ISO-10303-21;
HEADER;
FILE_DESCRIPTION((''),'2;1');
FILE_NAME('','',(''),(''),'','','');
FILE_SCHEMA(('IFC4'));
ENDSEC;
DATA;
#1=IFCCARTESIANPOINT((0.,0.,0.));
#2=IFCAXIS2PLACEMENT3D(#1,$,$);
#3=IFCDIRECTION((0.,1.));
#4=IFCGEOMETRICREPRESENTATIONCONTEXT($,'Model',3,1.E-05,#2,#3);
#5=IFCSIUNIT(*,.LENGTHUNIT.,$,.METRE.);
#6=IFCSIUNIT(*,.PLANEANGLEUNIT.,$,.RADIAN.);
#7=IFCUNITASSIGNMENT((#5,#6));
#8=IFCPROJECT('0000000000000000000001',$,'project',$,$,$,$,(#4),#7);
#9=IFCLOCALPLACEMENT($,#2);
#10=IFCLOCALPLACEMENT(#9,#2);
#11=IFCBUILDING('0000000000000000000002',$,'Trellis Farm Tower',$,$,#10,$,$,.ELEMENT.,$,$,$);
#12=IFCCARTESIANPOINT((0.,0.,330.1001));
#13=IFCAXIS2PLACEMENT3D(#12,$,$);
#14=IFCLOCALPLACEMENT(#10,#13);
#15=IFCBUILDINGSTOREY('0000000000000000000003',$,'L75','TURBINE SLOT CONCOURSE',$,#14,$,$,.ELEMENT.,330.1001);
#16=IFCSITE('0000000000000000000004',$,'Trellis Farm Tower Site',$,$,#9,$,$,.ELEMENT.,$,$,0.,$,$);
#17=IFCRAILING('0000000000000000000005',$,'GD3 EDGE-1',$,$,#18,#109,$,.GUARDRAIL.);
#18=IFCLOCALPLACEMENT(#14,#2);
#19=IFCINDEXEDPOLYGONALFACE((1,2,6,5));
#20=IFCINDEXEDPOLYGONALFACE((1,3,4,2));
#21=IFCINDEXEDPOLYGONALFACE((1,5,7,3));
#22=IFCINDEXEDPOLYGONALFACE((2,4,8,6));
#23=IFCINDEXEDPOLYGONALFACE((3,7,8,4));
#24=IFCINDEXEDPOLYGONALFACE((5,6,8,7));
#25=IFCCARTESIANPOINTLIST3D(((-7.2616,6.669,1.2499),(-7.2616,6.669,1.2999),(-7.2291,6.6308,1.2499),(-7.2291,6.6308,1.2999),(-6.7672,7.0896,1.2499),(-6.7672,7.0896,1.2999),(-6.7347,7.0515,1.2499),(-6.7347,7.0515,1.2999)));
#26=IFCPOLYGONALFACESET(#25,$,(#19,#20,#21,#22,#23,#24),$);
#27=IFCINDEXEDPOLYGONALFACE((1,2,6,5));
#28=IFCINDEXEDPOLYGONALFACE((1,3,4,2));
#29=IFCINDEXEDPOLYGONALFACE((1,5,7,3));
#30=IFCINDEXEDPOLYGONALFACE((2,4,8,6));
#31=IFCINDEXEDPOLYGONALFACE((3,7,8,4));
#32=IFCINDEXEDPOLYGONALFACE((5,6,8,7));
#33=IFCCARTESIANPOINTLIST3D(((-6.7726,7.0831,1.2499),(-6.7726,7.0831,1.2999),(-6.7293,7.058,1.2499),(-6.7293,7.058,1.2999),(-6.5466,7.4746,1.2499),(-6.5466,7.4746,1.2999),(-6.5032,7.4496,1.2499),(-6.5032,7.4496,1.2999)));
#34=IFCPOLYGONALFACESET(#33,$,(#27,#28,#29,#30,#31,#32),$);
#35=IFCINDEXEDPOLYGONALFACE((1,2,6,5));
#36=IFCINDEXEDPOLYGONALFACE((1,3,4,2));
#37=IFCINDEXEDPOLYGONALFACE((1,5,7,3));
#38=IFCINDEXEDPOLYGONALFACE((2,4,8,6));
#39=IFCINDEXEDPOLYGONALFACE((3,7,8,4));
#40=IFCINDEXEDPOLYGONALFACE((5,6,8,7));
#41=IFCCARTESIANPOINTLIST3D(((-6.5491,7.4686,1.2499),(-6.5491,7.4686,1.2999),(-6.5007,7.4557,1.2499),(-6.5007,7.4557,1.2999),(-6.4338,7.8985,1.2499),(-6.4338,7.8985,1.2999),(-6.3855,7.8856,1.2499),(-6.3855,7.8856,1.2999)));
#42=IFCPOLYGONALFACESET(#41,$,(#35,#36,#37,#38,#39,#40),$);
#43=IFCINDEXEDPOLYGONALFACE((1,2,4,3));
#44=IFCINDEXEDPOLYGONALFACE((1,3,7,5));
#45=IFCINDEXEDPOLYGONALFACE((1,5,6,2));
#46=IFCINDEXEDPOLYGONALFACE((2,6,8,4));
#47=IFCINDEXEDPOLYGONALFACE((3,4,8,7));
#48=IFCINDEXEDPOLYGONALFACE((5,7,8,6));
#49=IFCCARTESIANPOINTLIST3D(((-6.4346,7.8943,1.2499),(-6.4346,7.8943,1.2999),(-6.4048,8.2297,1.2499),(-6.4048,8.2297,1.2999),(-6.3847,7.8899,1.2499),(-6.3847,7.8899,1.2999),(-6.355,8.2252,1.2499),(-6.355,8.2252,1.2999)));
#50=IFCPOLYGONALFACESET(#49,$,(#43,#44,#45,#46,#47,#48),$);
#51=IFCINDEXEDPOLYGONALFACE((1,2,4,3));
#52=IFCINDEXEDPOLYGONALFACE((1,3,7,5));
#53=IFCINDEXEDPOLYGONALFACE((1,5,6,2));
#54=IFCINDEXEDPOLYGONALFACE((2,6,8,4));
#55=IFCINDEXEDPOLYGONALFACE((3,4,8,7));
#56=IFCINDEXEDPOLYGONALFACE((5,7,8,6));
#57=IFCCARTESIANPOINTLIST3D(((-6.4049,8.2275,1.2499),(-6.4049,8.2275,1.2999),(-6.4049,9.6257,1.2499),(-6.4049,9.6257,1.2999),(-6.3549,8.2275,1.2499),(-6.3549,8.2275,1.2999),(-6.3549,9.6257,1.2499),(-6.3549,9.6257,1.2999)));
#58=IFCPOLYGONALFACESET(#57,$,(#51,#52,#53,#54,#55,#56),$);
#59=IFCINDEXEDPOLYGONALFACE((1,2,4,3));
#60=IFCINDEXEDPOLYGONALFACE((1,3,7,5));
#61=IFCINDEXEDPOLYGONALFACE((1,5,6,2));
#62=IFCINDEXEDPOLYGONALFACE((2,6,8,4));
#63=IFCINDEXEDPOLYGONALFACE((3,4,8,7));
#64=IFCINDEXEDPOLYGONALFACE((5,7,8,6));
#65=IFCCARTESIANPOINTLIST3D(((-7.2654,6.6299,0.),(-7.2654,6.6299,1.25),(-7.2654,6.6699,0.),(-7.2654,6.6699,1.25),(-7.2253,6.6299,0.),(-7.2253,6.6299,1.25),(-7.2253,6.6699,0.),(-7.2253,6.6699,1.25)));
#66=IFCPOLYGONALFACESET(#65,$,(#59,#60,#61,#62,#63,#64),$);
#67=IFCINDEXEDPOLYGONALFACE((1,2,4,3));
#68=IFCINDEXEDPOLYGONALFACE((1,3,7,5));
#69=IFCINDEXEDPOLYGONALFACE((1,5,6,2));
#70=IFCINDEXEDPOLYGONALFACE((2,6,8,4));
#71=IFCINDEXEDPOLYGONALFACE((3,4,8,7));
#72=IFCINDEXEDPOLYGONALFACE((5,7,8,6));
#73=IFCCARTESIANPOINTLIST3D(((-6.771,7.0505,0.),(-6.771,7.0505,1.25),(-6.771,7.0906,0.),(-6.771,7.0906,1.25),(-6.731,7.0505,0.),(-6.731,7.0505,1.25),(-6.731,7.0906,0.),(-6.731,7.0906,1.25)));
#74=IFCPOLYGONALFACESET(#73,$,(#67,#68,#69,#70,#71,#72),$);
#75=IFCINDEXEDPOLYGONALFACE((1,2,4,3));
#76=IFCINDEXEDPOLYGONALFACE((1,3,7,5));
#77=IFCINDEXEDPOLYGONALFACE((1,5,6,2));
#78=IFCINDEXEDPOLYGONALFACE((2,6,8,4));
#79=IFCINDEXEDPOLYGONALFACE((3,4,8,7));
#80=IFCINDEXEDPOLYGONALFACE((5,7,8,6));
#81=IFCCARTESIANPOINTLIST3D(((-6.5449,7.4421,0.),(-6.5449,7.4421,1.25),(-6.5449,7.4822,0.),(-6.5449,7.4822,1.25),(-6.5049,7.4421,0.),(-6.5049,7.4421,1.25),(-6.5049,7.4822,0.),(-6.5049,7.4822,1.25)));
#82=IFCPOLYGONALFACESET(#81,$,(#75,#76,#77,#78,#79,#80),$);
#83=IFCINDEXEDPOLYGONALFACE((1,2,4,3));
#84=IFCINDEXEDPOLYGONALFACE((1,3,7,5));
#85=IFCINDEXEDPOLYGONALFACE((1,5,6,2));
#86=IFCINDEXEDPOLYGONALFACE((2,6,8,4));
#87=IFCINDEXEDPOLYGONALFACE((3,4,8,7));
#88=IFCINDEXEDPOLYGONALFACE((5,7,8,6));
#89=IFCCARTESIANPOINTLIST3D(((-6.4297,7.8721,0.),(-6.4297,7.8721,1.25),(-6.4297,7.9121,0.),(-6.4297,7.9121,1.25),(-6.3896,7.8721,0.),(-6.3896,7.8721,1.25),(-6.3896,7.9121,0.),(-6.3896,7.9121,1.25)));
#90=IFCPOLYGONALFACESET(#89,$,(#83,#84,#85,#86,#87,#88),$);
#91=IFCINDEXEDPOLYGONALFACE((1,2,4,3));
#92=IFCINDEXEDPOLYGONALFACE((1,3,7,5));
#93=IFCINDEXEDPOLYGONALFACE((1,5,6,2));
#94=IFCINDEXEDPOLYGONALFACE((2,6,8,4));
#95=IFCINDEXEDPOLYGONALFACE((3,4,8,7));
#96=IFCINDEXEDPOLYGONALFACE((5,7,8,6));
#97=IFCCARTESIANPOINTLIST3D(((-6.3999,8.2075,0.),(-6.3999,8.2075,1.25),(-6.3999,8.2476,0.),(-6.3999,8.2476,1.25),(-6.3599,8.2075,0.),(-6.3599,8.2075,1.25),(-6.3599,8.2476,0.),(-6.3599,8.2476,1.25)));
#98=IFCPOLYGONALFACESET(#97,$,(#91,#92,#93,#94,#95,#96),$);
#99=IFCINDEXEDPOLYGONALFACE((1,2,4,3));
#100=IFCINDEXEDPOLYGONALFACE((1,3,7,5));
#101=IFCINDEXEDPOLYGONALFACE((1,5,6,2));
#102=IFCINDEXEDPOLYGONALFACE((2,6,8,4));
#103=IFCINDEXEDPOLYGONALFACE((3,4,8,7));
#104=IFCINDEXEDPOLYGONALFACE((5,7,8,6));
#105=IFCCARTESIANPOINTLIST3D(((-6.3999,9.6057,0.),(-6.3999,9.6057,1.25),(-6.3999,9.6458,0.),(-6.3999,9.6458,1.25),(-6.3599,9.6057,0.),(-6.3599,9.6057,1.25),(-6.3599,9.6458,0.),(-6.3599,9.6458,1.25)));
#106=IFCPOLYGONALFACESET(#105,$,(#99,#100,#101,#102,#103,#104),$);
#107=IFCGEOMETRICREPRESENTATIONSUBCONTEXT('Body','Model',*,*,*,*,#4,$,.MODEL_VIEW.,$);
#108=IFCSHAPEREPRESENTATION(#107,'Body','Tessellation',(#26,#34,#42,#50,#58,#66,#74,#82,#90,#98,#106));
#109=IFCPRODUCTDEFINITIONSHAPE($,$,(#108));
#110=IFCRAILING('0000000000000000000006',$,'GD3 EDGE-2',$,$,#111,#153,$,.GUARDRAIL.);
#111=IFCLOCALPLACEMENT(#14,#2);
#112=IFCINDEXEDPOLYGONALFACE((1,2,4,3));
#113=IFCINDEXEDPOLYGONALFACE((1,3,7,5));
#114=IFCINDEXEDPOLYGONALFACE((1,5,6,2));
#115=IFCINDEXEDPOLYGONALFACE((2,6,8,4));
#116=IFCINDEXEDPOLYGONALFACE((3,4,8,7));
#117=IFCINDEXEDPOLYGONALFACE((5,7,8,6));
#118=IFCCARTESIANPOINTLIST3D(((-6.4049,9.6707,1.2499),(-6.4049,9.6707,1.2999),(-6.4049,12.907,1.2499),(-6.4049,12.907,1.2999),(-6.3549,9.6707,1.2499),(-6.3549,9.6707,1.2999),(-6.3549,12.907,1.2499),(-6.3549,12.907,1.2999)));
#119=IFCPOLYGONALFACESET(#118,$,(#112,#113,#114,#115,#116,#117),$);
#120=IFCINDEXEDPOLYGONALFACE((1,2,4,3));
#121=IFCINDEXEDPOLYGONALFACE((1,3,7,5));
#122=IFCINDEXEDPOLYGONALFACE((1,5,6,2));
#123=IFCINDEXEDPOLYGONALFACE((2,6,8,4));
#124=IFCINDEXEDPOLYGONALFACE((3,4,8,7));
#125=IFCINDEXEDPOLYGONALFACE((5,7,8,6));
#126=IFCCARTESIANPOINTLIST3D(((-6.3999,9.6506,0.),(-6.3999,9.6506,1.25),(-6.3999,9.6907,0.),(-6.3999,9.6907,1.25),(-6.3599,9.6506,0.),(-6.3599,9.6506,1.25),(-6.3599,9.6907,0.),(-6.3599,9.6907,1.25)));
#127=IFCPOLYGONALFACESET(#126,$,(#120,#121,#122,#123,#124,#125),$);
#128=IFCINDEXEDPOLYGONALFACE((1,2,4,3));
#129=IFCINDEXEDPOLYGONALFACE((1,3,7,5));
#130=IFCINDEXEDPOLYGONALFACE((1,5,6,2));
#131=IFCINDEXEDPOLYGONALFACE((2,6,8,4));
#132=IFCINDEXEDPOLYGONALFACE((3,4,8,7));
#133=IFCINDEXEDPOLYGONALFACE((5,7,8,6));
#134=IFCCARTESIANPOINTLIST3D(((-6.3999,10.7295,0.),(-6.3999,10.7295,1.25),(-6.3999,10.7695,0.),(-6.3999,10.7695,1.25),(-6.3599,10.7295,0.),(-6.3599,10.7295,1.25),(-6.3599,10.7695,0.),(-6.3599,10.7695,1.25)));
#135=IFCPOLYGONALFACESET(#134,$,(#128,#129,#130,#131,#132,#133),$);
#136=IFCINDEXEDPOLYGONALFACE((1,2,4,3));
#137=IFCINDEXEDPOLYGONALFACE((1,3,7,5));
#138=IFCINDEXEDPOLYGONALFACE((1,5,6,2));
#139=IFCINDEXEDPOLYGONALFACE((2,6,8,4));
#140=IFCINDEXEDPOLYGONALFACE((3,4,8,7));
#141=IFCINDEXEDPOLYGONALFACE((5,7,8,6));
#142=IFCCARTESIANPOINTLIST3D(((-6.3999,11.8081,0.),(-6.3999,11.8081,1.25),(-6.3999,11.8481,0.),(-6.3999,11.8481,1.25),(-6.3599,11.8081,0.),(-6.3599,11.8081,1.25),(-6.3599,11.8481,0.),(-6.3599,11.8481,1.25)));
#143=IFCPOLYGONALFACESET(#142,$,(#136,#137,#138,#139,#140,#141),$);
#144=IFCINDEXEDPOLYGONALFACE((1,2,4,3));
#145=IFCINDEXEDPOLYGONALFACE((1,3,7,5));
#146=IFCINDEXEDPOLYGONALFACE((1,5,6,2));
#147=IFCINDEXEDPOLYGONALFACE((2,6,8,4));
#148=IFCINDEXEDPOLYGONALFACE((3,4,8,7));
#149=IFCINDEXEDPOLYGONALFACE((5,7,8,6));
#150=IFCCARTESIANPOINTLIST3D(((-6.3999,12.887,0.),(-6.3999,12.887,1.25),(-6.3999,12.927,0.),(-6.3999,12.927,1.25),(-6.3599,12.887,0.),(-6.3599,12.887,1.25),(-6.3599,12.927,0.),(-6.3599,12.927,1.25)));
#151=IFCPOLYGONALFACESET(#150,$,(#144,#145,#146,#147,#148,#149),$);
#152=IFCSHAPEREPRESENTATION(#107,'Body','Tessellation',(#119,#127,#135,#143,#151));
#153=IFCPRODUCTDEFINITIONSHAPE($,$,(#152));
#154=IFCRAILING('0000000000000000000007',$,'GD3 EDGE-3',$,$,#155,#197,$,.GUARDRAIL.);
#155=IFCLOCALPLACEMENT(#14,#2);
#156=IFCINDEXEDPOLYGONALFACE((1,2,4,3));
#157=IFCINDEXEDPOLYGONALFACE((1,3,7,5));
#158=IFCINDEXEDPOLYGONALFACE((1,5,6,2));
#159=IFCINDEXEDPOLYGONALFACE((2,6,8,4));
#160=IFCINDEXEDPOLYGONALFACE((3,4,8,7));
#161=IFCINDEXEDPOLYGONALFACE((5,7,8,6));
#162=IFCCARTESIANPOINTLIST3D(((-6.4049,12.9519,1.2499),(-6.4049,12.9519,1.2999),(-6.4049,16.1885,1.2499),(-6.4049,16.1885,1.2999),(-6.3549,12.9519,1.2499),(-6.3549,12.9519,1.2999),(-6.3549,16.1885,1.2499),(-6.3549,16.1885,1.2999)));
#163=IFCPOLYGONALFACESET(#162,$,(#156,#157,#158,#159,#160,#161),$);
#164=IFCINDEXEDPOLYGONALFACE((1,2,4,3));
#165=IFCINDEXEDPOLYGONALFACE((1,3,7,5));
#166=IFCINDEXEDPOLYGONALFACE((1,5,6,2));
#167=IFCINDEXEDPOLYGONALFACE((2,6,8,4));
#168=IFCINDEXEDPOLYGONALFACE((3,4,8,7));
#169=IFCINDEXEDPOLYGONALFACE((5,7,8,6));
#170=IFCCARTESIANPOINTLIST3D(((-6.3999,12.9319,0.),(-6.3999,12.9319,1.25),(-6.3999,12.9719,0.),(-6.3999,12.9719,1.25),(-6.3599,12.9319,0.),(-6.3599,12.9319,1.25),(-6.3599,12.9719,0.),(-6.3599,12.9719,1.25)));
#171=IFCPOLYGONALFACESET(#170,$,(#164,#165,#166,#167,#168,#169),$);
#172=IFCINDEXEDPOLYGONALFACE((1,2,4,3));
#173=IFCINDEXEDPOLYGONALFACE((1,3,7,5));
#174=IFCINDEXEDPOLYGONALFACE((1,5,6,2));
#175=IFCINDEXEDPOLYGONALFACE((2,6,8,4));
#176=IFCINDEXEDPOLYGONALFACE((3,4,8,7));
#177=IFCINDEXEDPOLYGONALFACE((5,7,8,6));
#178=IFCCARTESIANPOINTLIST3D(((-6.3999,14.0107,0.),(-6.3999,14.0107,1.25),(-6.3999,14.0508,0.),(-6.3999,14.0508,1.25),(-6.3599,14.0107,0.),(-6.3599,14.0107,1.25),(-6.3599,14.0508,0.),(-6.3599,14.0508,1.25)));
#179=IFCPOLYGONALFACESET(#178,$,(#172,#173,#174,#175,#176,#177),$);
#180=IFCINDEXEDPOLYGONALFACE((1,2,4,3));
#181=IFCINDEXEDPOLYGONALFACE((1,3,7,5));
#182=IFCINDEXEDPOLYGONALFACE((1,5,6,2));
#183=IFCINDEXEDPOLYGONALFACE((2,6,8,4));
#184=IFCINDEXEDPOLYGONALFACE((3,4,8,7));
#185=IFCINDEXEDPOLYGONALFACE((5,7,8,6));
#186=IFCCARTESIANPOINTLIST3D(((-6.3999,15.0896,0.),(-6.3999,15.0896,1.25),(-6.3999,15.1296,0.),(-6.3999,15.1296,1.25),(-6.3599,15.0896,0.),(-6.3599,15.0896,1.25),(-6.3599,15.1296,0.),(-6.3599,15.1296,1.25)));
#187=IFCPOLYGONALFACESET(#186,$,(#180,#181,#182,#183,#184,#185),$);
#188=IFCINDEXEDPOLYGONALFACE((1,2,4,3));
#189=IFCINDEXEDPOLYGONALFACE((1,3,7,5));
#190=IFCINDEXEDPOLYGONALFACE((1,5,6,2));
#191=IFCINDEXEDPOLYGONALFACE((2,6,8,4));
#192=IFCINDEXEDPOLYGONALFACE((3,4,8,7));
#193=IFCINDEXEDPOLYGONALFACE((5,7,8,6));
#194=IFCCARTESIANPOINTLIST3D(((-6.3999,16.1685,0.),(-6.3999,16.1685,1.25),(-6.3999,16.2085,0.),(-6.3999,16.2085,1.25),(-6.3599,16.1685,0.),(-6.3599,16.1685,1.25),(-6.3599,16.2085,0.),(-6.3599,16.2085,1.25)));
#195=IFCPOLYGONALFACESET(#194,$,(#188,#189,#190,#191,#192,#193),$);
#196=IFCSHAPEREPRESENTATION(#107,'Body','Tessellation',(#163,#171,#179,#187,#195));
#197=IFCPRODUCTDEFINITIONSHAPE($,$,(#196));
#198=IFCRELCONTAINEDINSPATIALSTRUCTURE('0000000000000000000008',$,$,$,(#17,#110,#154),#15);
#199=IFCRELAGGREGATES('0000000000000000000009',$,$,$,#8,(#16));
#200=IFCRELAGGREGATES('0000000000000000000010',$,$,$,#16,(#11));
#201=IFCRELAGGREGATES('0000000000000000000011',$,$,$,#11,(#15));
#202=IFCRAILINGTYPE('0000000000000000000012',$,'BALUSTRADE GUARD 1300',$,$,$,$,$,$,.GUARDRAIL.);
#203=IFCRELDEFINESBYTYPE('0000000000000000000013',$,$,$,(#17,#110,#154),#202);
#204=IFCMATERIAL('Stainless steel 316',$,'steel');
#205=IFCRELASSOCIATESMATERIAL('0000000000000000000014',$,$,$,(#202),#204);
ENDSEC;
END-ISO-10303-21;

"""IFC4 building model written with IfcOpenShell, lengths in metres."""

from ifc_helpers import new_model, si_unit, direction, frame, origin, origin_2d, place, context, subcontext, project, spatial, rectangle, extrude, material, type_object, element, save


model = new_model("IFC4")

# Units and contexts
model_context = context("Model", 3, precision=1e-05, world=origin(), true_north=direction((0.0, 1.0)))
body_context = subcontext(model_context, "Body", "Model", "MODEL_VIEW")
ifc_project = project(units=[si_unit("LENGTHUNIT", "METRE"), si_unit("PLANEANGLEUNIT", "RADIAN")], contexts=[model_context])

# Site, building, storey
site_placement = place(None, origin())
site = spatial("IfcSite", under=ifc_project, at=site_placement, Name="Trellis Farm Tower Site", CompositionType="ELEMENT", RefElevation=0.0)
building_placement = place(site_placement, origin())
building = spatial("IfcBuilding", under=site, at=building_placement, Name="Trellis Farm Tower", CompositionType="ELEMENT")
storey_placement = place(building_placement, frame((0.0, 0.0, 330.1001)))
storey = spatial("IfcBuildingStorey", under=building, at=storey_placement, Name="L75", Description="TURBINE SLOT CONCOURSE", CompositionType="ELEMENT", Elevation=330.1001)

# Railings
ifc_material_1 = material(Name="Stainless steel 316", Category="steel")
railing_type_1 = type_object("IfcRailingType", Name="BALUSTRADE GUARD 1300", PredefinedType="GUARDRAIL", material=ifc_material_1)
railing_1_placement = place(storey_placement, frame((-7.2454, 6.6499, 0.0)))
element("IfcRailing", 1, at=railing_1_placement, inside=storey, type_object=railing_type_1, Name="GD3 EDGE-1", PredefinedType="GUARDRAIL", context=body_context, shape_type="SweptSolid", body=[
    extrude(rectangle(XDim=0.05, YDim=0.05, at=origin_2d()), frame((0.0, 0.0, 1.2749), z_axis=(0.761614, 0.64803, 0.0), x_axis=(-0.64803, 0.761614, 0.0)), (0.0, 0.0, 1.0), 0.6492),
    extrude(rectangle(XDim=0.05, YDim=0.05, at=origin_2d()), frame((0.4944, 0.4207, 1.2749), z_axis=(0.499972, 0.866042, 0.0), x_axis=(-0.866042, 0.499972, 0.0)), (0.0, 0.0, 1.0), 0.4521),
    extrude(rectangle(XDim=0.05, YDim=0.05, at=origin_2d()), frame((0.7205, 0.8123, 1.2749), z_axis=(0.258891, 0.965906, 0.0), x_axis=(-0.965906, 0.258891, 0.0)), (0.0, 0.0, 1.0), 0.4451),
    extrude(rectangle(XDim=0.05, YDim=0.05, at=origin_2d()), frame((0.8357, 1.2422, 1.2749), z_axis=(0.088444, 0.996081, 0.0), x_axis=(-0.996081, 0.088444, 0.0)), (0.0, 0.0, 1.0), 0.3367),
    extrude(rectangle(XDim=0.05, YDim=0.05, at=origin_2d()), frame((0.8655, 1.5776, 1.2749), z_axis=(0.0, 1.0, 0.0), x_axis=(-1.0, 0.0, 0.0)), (0.0, 0.0, 1.0), 1.3982),
    extrude(rectangle(XDim=0.04, YDim=0.04, at=origin_2d()), origin(), (0.0, 0.0, 1.0), 1.25),
    extrude(rectangle(XDim=0.04, YDim=0.04, at=origin_2d()), frame((0.4944, 0.4207, 0.0)), (0.0, 0.0, 1.0), 1.25),
    extrude(rectangle(XDim=0.04, YDim=0.04, at=origin_2d()), frame((0.7205, 0.8123, 0.0)), (0.0, 0.0, 1.0), 1.25),
    extrude(rectangle(XDim=0.04, YDim=0.04, at=origin_2d()), frame((0.8357, 1.2422, 0.0)), (0.0, 0.0, 1.0), 1.25),
    extrude(rectangle(XDim=0.04, YDim=0.04, at=origin_2d()), frame((0.8655, 1.5776, 0.0)), (0.0, 0.0, 1.0), 1.25),
    extrude(rectangle(XDim=0.04, YDim=0.04, at=origin_2d()), frame((0.8655, 2.9758, 0.0)), (0.0, 0.0, 1.0), 1.25),
])
railing_2_placement = place(storey_placement, frame((-6.3799, 9.6707, 0.0)))
element("IfcRailing", 2, at=railing_2_placement, inside=storey, type_object=railing_type_1, Name="GD3 EDGE-2", PredefinedType="GUARDRAIL", context=body_context, shape_type="SweptSolid", body=[
    extrude(rectangle(XDim=0.05, YDim=0.05, at=origin_2d()), frame((0.0, 0.0, 1.2749), z_axis=(0.0, 1.0, 0.0), x_axis=(-1.0, 0.0, 0.0)), (0.0, 0.0, 1.0), 3.2363),
    extrude(rectangle(XDim=0.04, YDim=0.04, at=origin_2d()), origin(), (0.0, 0.0, 1.0), 1.25),
    extrude(rectangle(XDim=0.04, YDim=0.04, at=origin_2d()), frame((0.0, 1.0789, 0.0)), (0.0, 0.0, 1.0), 1.25),
    extrude(rectangle(XDim=0.04, YDim=0.04, at=origin_2d()), frame((0.0, 2.1575, 0.0)), (0.0, 0.0, 1.0), 1.25),
    extrude(rectangle(XDim=0.04, YDim=0.04, at=origin_2d()), frame((0.0, 3.2363, 0.0)), (0.0, 0.0, 1.0), 1.25),
])
railing_3_placement = place(storey_placement, frame((-6.3799, 12.9519, 0.0)))
element("IfcRailing", 3, at=railing_3_placement, inside=storey, type_object=railing_type_1, Name="GD3 EDGE-3", PredefinedType="GUARDRAIL", context=body_context, shape_type="SweptSolid", body=[
    extrude(rectangle(XDim=0.05, YDim=0.05, at=origin_2d()), frame((0.0, 0.0, 1.2749), z_axis=(0.0, 1.0, 0.0), x_axis=(-1.0, 0.0, 0.0)), (0.0, 0.0, 1.0), 3.2366),
    extrude(rectangle(XDim=0.04, YDim=0.04, at=origin_2d()), origin(), (0.0, 0.0, 1.0), 1.25),
    extrude(rectangle(XDim=0.04, YDim=0.04, at=origin_2d()), frame((0.0, 1.0789, 0.0)), (0.0, 0.0, 1.0), 1.25),
    extrude(rectangle(XDim=0.04, YDim=0.04, at=origin_2d()), frame((0.0, 2.1577, 0.0)), (0.0, 0.0, 1.0), 1.25),
    extrude(rectangle(XDim=0.04, YDim=0.04, at=origin_2d()), frame((0.0, 3.2366, 0.0)), (0.0, 0.0, 1.0), 1.25),
])

save(model, "model.ifc")
